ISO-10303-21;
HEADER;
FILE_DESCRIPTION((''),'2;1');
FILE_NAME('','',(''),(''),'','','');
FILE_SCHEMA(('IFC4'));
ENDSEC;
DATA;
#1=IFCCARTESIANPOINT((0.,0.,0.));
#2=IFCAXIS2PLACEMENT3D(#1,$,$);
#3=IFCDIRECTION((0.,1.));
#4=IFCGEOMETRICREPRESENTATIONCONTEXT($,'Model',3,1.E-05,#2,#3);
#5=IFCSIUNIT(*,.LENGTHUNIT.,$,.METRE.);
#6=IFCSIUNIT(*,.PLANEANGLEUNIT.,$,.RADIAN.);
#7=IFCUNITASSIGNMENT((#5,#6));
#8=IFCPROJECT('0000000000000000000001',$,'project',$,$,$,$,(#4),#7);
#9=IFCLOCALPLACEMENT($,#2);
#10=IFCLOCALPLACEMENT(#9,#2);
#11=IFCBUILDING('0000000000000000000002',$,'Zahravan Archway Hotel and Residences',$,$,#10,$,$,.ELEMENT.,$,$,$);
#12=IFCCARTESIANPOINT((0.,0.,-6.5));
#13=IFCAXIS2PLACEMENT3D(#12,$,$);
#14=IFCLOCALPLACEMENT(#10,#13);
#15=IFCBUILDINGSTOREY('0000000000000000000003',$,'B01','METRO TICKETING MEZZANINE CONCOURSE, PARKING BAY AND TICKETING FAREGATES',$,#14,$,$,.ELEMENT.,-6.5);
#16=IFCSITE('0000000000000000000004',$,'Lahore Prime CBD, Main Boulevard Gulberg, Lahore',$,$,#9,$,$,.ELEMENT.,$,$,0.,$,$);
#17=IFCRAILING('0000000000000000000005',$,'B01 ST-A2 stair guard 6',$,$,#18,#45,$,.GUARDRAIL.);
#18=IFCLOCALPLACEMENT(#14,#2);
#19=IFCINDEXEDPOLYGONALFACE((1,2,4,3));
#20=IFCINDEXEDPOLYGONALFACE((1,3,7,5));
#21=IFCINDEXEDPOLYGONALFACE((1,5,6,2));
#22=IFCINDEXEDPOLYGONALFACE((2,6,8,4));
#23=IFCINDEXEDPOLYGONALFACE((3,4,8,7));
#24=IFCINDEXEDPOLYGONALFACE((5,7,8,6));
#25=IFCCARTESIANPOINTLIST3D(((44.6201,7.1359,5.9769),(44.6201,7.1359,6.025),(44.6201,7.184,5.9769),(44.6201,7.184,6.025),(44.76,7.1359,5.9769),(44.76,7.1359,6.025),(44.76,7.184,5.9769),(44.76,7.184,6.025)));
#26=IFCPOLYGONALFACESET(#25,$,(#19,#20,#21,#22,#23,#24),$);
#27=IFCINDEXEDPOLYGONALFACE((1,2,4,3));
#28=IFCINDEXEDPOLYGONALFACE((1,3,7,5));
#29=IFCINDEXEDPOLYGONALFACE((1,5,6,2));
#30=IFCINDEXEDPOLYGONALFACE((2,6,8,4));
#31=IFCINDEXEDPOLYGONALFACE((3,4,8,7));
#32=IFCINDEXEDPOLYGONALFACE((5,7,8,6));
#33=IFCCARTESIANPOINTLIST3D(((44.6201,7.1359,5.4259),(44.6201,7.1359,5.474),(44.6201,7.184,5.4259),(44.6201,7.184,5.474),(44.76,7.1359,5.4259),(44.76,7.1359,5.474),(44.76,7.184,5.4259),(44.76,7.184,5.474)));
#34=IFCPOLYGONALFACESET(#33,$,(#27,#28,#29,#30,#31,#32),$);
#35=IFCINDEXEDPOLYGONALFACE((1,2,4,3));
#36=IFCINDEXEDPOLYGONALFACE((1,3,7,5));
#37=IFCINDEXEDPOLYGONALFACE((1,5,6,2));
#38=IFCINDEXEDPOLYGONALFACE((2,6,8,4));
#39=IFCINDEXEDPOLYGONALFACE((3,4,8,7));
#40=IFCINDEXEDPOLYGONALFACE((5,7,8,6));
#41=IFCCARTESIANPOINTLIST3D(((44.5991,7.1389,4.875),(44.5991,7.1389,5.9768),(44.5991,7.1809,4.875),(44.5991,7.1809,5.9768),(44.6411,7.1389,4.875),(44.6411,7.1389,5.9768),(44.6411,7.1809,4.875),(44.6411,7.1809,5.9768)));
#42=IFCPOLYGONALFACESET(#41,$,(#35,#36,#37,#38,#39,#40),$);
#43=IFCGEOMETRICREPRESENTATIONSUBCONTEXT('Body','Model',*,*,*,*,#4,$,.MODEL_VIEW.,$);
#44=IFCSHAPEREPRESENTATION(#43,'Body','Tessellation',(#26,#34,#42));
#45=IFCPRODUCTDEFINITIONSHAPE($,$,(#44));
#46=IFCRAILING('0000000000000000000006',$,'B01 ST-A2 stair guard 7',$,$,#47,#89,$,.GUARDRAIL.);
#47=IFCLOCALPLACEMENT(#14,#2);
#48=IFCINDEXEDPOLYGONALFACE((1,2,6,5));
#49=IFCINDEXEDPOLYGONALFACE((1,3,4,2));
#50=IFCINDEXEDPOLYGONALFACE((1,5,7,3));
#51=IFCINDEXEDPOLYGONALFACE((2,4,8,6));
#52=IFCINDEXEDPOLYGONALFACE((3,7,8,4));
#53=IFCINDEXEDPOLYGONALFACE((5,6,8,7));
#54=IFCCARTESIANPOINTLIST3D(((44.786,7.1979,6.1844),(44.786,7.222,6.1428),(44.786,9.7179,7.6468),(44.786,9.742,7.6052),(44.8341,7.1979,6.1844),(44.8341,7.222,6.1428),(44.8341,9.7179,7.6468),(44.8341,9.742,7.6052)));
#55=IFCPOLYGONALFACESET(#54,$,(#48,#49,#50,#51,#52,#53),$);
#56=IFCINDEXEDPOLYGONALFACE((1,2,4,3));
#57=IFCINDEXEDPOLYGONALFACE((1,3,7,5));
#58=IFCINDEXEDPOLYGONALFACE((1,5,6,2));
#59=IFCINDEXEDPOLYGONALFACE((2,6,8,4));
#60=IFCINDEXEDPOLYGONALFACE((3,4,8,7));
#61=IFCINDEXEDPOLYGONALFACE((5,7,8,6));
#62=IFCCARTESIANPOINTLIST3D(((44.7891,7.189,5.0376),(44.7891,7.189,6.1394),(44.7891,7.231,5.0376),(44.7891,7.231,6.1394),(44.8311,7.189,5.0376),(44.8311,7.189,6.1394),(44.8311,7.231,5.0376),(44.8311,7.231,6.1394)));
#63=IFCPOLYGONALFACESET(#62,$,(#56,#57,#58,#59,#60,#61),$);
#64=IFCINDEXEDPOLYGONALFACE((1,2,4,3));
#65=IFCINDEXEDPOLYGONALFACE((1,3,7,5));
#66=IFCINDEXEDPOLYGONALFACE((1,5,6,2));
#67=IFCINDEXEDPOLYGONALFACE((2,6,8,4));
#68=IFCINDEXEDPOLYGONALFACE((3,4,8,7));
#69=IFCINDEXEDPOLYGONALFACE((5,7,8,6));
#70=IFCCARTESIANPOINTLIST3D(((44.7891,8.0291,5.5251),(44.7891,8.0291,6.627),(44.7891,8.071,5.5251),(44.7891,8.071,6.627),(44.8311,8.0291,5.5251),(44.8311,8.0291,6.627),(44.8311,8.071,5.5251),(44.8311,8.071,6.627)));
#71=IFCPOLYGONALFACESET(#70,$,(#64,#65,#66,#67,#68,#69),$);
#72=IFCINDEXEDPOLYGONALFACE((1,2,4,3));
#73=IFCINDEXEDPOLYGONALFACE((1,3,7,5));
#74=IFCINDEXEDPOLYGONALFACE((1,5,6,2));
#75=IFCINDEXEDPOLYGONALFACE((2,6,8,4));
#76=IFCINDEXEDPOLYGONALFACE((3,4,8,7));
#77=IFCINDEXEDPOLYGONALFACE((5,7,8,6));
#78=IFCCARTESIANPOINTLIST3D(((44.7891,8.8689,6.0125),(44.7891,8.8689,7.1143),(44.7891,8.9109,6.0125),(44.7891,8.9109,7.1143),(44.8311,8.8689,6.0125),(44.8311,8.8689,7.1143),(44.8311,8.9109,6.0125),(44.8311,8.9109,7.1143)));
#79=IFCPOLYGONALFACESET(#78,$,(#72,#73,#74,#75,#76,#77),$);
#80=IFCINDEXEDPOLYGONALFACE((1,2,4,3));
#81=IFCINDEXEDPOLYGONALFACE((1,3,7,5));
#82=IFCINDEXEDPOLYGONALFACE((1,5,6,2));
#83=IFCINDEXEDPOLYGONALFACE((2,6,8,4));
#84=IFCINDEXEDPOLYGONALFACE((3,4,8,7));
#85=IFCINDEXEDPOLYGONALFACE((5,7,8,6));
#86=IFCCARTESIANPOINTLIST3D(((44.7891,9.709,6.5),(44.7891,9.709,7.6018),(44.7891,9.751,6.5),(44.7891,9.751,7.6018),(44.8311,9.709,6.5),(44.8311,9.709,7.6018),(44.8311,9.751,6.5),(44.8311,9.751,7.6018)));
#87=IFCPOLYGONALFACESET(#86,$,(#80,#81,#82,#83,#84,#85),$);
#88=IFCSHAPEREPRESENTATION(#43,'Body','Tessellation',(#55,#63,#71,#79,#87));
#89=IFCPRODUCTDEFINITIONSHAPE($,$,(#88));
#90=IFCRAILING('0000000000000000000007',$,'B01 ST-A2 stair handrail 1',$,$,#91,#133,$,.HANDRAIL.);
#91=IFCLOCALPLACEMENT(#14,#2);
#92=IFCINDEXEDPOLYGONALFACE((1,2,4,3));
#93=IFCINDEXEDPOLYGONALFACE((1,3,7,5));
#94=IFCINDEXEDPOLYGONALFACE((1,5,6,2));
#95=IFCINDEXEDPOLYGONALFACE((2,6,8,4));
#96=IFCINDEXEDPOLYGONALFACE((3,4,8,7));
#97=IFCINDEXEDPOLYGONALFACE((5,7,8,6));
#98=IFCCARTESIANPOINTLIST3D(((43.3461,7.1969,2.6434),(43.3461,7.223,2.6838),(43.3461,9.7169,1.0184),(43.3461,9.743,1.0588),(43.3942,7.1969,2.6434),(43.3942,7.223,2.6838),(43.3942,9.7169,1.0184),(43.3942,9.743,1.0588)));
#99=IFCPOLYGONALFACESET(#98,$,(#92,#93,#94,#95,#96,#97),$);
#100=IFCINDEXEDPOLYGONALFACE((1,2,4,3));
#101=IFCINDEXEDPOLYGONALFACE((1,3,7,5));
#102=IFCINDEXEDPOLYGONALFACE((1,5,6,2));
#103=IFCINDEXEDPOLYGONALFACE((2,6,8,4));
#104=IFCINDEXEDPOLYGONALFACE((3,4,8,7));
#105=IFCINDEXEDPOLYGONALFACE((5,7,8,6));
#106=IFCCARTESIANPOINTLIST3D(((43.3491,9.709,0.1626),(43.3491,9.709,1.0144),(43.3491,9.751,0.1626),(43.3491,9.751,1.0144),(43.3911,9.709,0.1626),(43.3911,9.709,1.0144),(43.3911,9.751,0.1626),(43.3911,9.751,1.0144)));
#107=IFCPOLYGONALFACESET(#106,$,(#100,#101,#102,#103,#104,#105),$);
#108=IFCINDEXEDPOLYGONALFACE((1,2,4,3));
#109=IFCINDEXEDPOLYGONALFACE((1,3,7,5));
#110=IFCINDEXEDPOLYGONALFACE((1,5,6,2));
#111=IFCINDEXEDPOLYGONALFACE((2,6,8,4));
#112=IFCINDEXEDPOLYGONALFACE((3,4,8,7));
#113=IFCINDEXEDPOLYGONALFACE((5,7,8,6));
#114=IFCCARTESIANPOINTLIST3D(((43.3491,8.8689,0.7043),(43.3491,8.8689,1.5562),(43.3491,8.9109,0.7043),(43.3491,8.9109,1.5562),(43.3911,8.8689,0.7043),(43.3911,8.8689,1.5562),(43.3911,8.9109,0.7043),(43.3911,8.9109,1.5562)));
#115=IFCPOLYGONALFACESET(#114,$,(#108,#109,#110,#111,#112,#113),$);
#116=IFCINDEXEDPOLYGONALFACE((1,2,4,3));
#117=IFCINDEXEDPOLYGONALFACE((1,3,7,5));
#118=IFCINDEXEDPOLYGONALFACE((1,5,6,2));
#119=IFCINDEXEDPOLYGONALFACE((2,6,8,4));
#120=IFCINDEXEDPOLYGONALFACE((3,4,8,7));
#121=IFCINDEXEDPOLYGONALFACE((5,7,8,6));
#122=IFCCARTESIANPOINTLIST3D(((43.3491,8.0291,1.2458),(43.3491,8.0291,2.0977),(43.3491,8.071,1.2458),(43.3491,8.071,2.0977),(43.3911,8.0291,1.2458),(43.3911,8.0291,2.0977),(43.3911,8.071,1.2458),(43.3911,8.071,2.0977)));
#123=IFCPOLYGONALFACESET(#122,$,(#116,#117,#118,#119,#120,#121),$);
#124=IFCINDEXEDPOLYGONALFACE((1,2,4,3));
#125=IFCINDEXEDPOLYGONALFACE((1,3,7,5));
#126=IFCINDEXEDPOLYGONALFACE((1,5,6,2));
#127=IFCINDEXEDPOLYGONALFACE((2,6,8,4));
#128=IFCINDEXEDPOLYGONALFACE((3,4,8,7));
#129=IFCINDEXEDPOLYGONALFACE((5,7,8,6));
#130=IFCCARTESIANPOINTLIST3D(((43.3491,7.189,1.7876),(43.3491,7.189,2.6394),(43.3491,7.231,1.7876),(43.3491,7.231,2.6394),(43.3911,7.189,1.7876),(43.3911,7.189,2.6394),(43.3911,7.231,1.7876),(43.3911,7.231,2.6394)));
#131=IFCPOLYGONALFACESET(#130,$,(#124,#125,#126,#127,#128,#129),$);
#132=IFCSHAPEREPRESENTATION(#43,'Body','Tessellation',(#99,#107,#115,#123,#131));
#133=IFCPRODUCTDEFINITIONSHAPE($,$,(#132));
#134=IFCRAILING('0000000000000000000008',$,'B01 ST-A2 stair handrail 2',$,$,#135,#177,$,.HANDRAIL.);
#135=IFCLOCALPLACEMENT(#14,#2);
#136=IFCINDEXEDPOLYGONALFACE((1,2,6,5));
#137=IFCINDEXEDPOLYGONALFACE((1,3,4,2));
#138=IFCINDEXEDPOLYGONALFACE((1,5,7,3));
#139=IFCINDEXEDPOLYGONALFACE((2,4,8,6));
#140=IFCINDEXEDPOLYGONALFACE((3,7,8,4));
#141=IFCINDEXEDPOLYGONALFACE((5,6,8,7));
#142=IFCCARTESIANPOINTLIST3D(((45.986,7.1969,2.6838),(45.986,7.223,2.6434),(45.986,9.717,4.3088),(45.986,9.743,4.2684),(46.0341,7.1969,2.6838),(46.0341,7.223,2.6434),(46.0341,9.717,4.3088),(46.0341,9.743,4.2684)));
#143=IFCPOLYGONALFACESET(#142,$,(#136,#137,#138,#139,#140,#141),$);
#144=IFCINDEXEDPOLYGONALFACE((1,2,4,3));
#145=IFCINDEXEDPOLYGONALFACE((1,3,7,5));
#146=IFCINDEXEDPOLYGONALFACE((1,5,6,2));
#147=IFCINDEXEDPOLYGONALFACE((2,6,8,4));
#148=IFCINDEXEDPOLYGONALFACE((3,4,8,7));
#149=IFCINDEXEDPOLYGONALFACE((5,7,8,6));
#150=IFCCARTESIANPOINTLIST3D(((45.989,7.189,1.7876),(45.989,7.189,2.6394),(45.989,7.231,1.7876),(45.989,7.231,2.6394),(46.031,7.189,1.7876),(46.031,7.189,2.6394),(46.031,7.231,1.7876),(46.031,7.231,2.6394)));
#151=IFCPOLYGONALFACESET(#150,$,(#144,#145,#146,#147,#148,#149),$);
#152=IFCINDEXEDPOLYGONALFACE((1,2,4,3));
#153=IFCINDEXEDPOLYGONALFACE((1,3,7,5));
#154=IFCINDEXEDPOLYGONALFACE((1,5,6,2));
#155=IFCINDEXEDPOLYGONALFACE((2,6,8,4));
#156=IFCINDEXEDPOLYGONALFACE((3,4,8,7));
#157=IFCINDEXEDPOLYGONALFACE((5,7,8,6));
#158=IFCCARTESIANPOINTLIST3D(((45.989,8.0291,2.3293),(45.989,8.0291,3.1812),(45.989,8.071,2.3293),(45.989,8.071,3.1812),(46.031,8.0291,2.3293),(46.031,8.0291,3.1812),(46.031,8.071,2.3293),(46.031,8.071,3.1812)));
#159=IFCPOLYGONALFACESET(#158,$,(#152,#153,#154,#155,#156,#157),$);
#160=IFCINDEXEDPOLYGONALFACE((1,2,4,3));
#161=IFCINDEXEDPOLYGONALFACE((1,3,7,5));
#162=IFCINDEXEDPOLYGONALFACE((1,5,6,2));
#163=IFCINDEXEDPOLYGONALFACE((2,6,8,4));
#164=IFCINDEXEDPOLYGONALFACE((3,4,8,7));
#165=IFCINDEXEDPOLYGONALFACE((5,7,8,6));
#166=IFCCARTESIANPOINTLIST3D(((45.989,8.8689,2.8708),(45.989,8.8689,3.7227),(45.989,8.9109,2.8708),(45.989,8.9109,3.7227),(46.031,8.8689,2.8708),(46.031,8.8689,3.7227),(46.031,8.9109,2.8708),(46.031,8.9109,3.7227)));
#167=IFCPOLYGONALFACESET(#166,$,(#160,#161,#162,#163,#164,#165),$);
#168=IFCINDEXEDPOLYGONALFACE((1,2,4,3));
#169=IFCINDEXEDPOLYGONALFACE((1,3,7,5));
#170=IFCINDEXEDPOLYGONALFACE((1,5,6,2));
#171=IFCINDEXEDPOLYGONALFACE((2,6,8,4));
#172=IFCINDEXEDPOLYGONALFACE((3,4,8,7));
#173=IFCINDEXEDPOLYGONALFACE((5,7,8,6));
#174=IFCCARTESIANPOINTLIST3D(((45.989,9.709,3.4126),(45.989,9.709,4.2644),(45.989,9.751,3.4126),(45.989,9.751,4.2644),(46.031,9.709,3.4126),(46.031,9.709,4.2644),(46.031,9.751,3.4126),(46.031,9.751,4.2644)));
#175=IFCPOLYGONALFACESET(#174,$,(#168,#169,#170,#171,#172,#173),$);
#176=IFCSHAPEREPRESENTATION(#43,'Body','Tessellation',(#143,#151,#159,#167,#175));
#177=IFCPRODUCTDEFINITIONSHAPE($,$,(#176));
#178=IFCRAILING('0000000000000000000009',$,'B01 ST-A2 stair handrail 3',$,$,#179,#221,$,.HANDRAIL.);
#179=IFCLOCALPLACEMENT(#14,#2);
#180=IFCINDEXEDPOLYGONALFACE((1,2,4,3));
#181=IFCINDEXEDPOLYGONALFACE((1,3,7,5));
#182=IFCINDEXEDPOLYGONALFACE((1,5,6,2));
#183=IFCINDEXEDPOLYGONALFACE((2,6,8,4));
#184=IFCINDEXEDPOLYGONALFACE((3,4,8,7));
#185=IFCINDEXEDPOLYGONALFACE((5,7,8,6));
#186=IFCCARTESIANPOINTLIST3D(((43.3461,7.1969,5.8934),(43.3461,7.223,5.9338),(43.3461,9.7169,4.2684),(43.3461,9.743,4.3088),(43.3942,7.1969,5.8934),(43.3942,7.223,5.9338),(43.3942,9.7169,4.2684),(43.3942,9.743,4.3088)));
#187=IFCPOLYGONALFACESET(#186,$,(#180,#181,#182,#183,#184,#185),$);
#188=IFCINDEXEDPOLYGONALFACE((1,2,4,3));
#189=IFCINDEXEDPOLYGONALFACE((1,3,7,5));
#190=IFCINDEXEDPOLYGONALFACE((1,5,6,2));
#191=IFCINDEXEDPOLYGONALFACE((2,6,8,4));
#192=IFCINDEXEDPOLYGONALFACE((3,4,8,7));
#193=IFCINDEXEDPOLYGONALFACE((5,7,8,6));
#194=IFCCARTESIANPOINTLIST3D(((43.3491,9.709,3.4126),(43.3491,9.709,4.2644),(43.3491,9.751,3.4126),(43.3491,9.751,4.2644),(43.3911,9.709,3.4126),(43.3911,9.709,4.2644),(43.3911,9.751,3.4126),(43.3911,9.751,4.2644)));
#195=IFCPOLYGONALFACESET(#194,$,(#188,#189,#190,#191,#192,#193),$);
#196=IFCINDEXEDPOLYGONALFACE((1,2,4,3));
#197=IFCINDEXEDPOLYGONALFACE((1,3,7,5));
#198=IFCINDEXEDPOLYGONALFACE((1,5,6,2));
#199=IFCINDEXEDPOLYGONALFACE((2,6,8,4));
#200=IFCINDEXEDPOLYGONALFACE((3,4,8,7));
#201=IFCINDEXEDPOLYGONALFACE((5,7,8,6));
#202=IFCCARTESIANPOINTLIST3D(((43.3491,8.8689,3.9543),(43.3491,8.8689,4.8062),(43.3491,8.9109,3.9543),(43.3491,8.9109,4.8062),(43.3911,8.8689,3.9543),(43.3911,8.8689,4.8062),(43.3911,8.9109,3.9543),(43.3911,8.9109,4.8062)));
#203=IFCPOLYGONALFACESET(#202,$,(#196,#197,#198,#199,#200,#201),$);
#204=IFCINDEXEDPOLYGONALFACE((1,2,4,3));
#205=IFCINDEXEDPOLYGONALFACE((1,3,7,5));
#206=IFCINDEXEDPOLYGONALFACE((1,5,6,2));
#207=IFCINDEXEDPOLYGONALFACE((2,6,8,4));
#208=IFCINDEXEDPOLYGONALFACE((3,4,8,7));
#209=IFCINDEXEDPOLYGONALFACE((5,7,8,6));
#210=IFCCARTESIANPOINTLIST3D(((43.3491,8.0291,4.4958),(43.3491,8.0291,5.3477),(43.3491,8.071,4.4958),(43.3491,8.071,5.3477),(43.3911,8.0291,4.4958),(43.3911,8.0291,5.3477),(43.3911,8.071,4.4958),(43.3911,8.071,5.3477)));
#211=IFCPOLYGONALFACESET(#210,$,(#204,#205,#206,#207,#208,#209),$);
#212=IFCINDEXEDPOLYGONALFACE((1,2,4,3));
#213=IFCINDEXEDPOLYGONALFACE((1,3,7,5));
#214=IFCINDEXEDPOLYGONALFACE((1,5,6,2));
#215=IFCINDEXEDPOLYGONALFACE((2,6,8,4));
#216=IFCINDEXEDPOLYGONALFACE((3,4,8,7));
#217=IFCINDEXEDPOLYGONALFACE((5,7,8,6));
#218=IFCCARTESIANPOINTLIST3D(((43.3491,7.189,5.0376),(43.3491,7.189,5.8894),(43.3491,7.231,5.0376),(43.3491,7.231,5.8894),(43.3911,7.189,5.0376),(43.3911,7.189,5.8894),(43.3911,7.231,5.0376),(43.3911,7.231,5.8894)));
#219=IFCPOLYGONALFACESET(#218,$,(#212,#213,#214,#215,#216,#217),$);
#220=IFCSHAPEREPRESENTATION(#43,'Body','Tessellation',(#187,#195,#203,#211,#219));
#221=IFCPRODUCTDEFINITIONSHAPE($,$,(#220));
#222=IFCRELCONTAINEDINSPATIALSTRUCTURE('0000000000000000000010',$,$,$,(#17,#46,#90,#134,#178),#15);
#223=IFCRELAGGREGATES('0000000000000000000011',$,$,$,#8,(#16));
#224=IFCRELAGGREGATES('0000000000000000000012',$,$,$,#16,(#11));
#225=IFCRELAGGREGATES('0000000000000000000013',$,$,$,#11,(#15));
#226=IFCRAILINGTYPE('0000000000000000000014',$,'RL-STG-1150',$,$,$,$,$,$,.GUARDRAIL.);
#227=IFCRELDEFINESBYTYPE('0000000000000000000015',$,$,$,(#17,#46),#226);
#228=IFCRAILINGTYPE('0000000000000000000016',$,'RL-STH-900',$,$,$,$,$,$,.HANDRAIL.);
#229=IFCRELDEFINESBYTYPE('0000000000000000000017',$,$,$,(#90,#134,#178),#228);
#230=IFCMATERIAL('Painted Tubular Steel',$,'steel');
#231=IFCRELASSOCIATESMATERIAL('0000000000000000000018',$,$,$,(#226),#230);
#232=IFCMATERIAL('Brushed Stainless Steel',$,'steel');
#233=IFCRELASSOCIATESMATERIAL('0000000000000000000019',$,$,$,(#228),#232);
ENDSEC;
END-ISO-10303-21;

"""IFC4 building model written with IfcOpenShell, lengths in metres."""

from ifc_helpers import new_model, si_unit, direction, frame, origin, origin_2d, place, context, subcontext, project, spatial, rectangle, extrude, material, type_object, element, save


model = new_model("IFC4")

# Units and contexts
model_context = context("Model", 3, precision=1e-05, world=origin(), true_north=direction((0.0, 1.0)))
body_context = subcontext(model_context, "Body", "Model", "MODEL_VIEW")
ifc_project = project(units=[si_unit("LENGTHUNIT", "METRE"), si_unit("PLANEANGLEUNIT", "RADIAN")], contexts=[model_context])

# Site, building, storey
site_placement = place(None, origin())
site = spatial("IfcSite", under=ifc_project, at=site_placement, Name="Lahore Prime CBD, Main Boulevard Gulberg, Lahore", CompositionType="ELEMENT", RefElevation=0.0)
building_placement = place(site_placement, origin())
building = spatial("IfcBuilding", under=site, at=building_placement, Name="Zahravan Archway Hotel and Residences", CompositionType="ELEMENT")
storey_placement = place(building_placement, frame((0.0, 0.0, -6.5)))
storey = spatial("IfcBuildingStorey", under=building, at=storey_placement, Name="B01", Description="METRO TICKETING MEZZANINE CONCOURSE, PARKING BAY AND TICKETING FAREGATES", CompositionType="ELEMENT", Elevation=-6.5)

# Railings
ifc_material_1 = material(Name="Painted Tubular Steel", Category="steel")
railing_type_1 = type_object("IfcRailingType", Name="RL-STG-1150", PredefinedType="GUARDRAIL", material=ifc_material_1)
railing_1_placement = place(storey_placement, frame((44.6201, 7.1599, 4.875)))
element("IfcRailing", 1, at=railing_1_placement, inside=storey, type_object=railing_type_1, Name="B01 ST-A2 stair guard 6", PredefinedType="GUARDRAIL", context=body_context, shape_type="SweptSolid", body=[
    extrude(rectangle(XDim=0.0481, YDim=0.0481, at=origin_2d()), frame((0.0, 0.0, 1.126), z_axis=(1.0, 0.0, 0.0), x_axis=(0.0, 1.0, 0.0)), (0.0, 0.0, 1.0), 0.1399),
    extrude(rectangle(XDim=0.0481, YDim=0.0481, at=origin_2d()), frame((0.0, 0.0, 0.575), z_axis=(1.0, 0.0, 0.0), x_axis=(0.0, 1.0, 0.0)), (0.0, 0.0, 1.0), 0.1399),
    extrude(rectangle(XDim=0.042, YDim=0.042, at=origin_2d()), origin(), (0.0, 0.0, 1.0), 1.1018),
])
railing_2_placement = place(storey_placement, frame((44.8101, 7.21, 5.0376)))
element("IfcRailing", 2, at=railing_2_placement, inside=storey, type_object=railing_type_1, Name="B01 ST-A2 stair guard 7", PredefinedType="GUARDRAIL", context=body_context, shape_type="SweptSolid", body=[
    extrude(rectangle(XDim=0.0481, YDim=0.0481, at=origin_2d()), frame((0.0, 0.0, 1.126), z_axis=(0.0, 0.864913, 0.501921), x_axis=(-1.0, 0.0, 0.0)), (0.0, 0.0, 1.0), 2.9136),
    extrude(rectangle(XDim=0.042, YDim=0.042, at=origin_2d()), origin(), (0.0, 0.0, 1.0), 1.1018),
    extrude(rectangle(XDim=0.042, YDim=0.042, at=origin_2d()), frame((0.0, 0.8401, 0.4875)), (0.0, 0.0, 1.0), 1.1018),
    extrude(rectangle(XDim=0.042, YDim=0.042, at=origin_2d()), frame((0.0, 1.6799, 0.9749)), (0.0, 0.0, 1.0), 1.1018),
    extrude(rectangle(XDim=0.042, YDim=0.042, at=origin_2d()), frame((0.0, 2.52, 1.4624)), (0.0, 0.0, 1.0), 1.1018),
])
ifc_material_2 = material(Name="Brushed Stainless Steel", Category="steel")
railing_type_2 = type_object("IfcRailingType", Name="RL-STH-900", PredefinedType="HANDRAIL", material=ifc_material_2)
railing_3_placement = place(storey_placement, frame((43.3701, 9.73, 0.1626)))
element("IfcRailing", 3, at=railing_3_placement, inside=storey, type_object=railing_type_2, Name="B01 ST-A2 stair handrail 1", PredefinedType="HANDRAIL", context=body_context, shape_type="SweptSolid", body=[
    extrude(rectangle(XDim=0.0481, YDim=0.0481, at=origin_2d()), frame((0.0, 0.0, 0.876), z_axis=(0.0, -0.840421, 0.541934), x_axis=(1.0, 0.0, 0.0)), (0.0, 0.0, 1.0), 2.9985),
    extrude(rectangle(XDim=0.042, YDim=0.042, at=origin_2d()), origin(), (0.0, 0.0, 1.0), 0.8518),
    extrude(rectangle(XDim=0.042, YDim=0.042, at=origin_2d()), frame((0.0, -0.8401, 0.5417)), (0.0, 0.0, 1.0), 0.8518),
    extrude(rectangle(XDim=0.042, YDim=0.042, at=origin_2d()), frame((0.0, -1.6799, 1.0833)), (0.0, 0.0, 1.0), 0.8518),
    extrude(rectangle(XDim=0.042, YDim=0.042, at=origin_2d()), frame((0.0, -2.52, 1.625)), (0.0, 0.0, 1.0), 0.8518),
])
railing_4_placement = place(storey_placement, frame((46.01, 7.21, 1.7876)))
element("IfcRailing", 4, at=railing_4_placement, inside=storey, type_object=railing_type_2, Name="B01 ST-A2 stair handrail 2", PredefinedType="HANDRAIL", context=body_context, shape_type="SweptSolid", body=[
    extrude(rectangle(XDim=0.0481, YDim=0.0481, at=origin_2d()), frame((0.0, 0.0, 0.876), z_axis=(0.0, 0.840421, 0.541934), x_axis=(-1.0, 0.0, 0.0)), (0.0, 0.0, 1.0), 2.9985),
    extrude(rectangle(XDim=0.042, YDim=0.042, at=origin_2d()), origin(), (0.0, 0.0, 1.0), 0.8518),
    extrude(rectangle(XDim=0.042, YDim=0.042, at=origin_2d()), frame((0.0, 0.8401, 0.5417)), (0.0, 0.0, 1.0), 0.8518),
    extrude(rectangle(XDim=0.042, YDim=0.042, at=origin_2d()), frame((0.0, 1.6799, 1.0833)), (0.0, 0.0, 1.0), 0.8518),
    extrude(rectangle(XDim=0.042, YDim=0.042, at=origin_2d()), frame((0.0, 2.52, 1.625)), (0.0, 0.0, 1.0), 0.8518),
])
railing_5_placement = place(storey_placement, frame((43.3701, 9.73, 3.4126)))
element("IfcRailing", 5, at=railing_5_placement, inside=storey, type_object=railing_type_2, Name="B01 ST-A2 stair handrail 3", PredefinedType="HANDRAIL", context=body_context, shape_type="SweptSolid", body=[
    extrude(rectangle(XDim=0.0481, YDim=0.0481, at=origin_2d()), frame((0.0, 0.0, 0.876), z_axis=(0.0, -0.840421, 0.541934), x_axis=(1.0, 0.0, 0.0)), (0.0, 0.0, 1.0), 2.9985),
    extrude(rectangle(XDim=0.042, YDim=0.042, at=origin_2d()), origin(), (0.0, 0.0, 1.0), 0.8518),
    extrude(rectangle(XDim=0.042, YDim=0.042, at=origin_2d()), frame((0.0, -0.8401, 0.5417)), (0.0, 0.0, 1.0), 0.8518),
    extrude(rectangle(XDim=0.042, YDim=0.042, at=origin_2d()), frame((0.0, -1.6799, 1.0833)), (0.0, 0.0, 1.0), 0.8518),
    extrude(rectangle(XDim=0.042, YDim=0.042, at=origin_2d()), frame((0.0, -2.52, 1.625)), (0.0, 0.0, 1.0), 0.8518),
])

save(model, "model.ifc")
